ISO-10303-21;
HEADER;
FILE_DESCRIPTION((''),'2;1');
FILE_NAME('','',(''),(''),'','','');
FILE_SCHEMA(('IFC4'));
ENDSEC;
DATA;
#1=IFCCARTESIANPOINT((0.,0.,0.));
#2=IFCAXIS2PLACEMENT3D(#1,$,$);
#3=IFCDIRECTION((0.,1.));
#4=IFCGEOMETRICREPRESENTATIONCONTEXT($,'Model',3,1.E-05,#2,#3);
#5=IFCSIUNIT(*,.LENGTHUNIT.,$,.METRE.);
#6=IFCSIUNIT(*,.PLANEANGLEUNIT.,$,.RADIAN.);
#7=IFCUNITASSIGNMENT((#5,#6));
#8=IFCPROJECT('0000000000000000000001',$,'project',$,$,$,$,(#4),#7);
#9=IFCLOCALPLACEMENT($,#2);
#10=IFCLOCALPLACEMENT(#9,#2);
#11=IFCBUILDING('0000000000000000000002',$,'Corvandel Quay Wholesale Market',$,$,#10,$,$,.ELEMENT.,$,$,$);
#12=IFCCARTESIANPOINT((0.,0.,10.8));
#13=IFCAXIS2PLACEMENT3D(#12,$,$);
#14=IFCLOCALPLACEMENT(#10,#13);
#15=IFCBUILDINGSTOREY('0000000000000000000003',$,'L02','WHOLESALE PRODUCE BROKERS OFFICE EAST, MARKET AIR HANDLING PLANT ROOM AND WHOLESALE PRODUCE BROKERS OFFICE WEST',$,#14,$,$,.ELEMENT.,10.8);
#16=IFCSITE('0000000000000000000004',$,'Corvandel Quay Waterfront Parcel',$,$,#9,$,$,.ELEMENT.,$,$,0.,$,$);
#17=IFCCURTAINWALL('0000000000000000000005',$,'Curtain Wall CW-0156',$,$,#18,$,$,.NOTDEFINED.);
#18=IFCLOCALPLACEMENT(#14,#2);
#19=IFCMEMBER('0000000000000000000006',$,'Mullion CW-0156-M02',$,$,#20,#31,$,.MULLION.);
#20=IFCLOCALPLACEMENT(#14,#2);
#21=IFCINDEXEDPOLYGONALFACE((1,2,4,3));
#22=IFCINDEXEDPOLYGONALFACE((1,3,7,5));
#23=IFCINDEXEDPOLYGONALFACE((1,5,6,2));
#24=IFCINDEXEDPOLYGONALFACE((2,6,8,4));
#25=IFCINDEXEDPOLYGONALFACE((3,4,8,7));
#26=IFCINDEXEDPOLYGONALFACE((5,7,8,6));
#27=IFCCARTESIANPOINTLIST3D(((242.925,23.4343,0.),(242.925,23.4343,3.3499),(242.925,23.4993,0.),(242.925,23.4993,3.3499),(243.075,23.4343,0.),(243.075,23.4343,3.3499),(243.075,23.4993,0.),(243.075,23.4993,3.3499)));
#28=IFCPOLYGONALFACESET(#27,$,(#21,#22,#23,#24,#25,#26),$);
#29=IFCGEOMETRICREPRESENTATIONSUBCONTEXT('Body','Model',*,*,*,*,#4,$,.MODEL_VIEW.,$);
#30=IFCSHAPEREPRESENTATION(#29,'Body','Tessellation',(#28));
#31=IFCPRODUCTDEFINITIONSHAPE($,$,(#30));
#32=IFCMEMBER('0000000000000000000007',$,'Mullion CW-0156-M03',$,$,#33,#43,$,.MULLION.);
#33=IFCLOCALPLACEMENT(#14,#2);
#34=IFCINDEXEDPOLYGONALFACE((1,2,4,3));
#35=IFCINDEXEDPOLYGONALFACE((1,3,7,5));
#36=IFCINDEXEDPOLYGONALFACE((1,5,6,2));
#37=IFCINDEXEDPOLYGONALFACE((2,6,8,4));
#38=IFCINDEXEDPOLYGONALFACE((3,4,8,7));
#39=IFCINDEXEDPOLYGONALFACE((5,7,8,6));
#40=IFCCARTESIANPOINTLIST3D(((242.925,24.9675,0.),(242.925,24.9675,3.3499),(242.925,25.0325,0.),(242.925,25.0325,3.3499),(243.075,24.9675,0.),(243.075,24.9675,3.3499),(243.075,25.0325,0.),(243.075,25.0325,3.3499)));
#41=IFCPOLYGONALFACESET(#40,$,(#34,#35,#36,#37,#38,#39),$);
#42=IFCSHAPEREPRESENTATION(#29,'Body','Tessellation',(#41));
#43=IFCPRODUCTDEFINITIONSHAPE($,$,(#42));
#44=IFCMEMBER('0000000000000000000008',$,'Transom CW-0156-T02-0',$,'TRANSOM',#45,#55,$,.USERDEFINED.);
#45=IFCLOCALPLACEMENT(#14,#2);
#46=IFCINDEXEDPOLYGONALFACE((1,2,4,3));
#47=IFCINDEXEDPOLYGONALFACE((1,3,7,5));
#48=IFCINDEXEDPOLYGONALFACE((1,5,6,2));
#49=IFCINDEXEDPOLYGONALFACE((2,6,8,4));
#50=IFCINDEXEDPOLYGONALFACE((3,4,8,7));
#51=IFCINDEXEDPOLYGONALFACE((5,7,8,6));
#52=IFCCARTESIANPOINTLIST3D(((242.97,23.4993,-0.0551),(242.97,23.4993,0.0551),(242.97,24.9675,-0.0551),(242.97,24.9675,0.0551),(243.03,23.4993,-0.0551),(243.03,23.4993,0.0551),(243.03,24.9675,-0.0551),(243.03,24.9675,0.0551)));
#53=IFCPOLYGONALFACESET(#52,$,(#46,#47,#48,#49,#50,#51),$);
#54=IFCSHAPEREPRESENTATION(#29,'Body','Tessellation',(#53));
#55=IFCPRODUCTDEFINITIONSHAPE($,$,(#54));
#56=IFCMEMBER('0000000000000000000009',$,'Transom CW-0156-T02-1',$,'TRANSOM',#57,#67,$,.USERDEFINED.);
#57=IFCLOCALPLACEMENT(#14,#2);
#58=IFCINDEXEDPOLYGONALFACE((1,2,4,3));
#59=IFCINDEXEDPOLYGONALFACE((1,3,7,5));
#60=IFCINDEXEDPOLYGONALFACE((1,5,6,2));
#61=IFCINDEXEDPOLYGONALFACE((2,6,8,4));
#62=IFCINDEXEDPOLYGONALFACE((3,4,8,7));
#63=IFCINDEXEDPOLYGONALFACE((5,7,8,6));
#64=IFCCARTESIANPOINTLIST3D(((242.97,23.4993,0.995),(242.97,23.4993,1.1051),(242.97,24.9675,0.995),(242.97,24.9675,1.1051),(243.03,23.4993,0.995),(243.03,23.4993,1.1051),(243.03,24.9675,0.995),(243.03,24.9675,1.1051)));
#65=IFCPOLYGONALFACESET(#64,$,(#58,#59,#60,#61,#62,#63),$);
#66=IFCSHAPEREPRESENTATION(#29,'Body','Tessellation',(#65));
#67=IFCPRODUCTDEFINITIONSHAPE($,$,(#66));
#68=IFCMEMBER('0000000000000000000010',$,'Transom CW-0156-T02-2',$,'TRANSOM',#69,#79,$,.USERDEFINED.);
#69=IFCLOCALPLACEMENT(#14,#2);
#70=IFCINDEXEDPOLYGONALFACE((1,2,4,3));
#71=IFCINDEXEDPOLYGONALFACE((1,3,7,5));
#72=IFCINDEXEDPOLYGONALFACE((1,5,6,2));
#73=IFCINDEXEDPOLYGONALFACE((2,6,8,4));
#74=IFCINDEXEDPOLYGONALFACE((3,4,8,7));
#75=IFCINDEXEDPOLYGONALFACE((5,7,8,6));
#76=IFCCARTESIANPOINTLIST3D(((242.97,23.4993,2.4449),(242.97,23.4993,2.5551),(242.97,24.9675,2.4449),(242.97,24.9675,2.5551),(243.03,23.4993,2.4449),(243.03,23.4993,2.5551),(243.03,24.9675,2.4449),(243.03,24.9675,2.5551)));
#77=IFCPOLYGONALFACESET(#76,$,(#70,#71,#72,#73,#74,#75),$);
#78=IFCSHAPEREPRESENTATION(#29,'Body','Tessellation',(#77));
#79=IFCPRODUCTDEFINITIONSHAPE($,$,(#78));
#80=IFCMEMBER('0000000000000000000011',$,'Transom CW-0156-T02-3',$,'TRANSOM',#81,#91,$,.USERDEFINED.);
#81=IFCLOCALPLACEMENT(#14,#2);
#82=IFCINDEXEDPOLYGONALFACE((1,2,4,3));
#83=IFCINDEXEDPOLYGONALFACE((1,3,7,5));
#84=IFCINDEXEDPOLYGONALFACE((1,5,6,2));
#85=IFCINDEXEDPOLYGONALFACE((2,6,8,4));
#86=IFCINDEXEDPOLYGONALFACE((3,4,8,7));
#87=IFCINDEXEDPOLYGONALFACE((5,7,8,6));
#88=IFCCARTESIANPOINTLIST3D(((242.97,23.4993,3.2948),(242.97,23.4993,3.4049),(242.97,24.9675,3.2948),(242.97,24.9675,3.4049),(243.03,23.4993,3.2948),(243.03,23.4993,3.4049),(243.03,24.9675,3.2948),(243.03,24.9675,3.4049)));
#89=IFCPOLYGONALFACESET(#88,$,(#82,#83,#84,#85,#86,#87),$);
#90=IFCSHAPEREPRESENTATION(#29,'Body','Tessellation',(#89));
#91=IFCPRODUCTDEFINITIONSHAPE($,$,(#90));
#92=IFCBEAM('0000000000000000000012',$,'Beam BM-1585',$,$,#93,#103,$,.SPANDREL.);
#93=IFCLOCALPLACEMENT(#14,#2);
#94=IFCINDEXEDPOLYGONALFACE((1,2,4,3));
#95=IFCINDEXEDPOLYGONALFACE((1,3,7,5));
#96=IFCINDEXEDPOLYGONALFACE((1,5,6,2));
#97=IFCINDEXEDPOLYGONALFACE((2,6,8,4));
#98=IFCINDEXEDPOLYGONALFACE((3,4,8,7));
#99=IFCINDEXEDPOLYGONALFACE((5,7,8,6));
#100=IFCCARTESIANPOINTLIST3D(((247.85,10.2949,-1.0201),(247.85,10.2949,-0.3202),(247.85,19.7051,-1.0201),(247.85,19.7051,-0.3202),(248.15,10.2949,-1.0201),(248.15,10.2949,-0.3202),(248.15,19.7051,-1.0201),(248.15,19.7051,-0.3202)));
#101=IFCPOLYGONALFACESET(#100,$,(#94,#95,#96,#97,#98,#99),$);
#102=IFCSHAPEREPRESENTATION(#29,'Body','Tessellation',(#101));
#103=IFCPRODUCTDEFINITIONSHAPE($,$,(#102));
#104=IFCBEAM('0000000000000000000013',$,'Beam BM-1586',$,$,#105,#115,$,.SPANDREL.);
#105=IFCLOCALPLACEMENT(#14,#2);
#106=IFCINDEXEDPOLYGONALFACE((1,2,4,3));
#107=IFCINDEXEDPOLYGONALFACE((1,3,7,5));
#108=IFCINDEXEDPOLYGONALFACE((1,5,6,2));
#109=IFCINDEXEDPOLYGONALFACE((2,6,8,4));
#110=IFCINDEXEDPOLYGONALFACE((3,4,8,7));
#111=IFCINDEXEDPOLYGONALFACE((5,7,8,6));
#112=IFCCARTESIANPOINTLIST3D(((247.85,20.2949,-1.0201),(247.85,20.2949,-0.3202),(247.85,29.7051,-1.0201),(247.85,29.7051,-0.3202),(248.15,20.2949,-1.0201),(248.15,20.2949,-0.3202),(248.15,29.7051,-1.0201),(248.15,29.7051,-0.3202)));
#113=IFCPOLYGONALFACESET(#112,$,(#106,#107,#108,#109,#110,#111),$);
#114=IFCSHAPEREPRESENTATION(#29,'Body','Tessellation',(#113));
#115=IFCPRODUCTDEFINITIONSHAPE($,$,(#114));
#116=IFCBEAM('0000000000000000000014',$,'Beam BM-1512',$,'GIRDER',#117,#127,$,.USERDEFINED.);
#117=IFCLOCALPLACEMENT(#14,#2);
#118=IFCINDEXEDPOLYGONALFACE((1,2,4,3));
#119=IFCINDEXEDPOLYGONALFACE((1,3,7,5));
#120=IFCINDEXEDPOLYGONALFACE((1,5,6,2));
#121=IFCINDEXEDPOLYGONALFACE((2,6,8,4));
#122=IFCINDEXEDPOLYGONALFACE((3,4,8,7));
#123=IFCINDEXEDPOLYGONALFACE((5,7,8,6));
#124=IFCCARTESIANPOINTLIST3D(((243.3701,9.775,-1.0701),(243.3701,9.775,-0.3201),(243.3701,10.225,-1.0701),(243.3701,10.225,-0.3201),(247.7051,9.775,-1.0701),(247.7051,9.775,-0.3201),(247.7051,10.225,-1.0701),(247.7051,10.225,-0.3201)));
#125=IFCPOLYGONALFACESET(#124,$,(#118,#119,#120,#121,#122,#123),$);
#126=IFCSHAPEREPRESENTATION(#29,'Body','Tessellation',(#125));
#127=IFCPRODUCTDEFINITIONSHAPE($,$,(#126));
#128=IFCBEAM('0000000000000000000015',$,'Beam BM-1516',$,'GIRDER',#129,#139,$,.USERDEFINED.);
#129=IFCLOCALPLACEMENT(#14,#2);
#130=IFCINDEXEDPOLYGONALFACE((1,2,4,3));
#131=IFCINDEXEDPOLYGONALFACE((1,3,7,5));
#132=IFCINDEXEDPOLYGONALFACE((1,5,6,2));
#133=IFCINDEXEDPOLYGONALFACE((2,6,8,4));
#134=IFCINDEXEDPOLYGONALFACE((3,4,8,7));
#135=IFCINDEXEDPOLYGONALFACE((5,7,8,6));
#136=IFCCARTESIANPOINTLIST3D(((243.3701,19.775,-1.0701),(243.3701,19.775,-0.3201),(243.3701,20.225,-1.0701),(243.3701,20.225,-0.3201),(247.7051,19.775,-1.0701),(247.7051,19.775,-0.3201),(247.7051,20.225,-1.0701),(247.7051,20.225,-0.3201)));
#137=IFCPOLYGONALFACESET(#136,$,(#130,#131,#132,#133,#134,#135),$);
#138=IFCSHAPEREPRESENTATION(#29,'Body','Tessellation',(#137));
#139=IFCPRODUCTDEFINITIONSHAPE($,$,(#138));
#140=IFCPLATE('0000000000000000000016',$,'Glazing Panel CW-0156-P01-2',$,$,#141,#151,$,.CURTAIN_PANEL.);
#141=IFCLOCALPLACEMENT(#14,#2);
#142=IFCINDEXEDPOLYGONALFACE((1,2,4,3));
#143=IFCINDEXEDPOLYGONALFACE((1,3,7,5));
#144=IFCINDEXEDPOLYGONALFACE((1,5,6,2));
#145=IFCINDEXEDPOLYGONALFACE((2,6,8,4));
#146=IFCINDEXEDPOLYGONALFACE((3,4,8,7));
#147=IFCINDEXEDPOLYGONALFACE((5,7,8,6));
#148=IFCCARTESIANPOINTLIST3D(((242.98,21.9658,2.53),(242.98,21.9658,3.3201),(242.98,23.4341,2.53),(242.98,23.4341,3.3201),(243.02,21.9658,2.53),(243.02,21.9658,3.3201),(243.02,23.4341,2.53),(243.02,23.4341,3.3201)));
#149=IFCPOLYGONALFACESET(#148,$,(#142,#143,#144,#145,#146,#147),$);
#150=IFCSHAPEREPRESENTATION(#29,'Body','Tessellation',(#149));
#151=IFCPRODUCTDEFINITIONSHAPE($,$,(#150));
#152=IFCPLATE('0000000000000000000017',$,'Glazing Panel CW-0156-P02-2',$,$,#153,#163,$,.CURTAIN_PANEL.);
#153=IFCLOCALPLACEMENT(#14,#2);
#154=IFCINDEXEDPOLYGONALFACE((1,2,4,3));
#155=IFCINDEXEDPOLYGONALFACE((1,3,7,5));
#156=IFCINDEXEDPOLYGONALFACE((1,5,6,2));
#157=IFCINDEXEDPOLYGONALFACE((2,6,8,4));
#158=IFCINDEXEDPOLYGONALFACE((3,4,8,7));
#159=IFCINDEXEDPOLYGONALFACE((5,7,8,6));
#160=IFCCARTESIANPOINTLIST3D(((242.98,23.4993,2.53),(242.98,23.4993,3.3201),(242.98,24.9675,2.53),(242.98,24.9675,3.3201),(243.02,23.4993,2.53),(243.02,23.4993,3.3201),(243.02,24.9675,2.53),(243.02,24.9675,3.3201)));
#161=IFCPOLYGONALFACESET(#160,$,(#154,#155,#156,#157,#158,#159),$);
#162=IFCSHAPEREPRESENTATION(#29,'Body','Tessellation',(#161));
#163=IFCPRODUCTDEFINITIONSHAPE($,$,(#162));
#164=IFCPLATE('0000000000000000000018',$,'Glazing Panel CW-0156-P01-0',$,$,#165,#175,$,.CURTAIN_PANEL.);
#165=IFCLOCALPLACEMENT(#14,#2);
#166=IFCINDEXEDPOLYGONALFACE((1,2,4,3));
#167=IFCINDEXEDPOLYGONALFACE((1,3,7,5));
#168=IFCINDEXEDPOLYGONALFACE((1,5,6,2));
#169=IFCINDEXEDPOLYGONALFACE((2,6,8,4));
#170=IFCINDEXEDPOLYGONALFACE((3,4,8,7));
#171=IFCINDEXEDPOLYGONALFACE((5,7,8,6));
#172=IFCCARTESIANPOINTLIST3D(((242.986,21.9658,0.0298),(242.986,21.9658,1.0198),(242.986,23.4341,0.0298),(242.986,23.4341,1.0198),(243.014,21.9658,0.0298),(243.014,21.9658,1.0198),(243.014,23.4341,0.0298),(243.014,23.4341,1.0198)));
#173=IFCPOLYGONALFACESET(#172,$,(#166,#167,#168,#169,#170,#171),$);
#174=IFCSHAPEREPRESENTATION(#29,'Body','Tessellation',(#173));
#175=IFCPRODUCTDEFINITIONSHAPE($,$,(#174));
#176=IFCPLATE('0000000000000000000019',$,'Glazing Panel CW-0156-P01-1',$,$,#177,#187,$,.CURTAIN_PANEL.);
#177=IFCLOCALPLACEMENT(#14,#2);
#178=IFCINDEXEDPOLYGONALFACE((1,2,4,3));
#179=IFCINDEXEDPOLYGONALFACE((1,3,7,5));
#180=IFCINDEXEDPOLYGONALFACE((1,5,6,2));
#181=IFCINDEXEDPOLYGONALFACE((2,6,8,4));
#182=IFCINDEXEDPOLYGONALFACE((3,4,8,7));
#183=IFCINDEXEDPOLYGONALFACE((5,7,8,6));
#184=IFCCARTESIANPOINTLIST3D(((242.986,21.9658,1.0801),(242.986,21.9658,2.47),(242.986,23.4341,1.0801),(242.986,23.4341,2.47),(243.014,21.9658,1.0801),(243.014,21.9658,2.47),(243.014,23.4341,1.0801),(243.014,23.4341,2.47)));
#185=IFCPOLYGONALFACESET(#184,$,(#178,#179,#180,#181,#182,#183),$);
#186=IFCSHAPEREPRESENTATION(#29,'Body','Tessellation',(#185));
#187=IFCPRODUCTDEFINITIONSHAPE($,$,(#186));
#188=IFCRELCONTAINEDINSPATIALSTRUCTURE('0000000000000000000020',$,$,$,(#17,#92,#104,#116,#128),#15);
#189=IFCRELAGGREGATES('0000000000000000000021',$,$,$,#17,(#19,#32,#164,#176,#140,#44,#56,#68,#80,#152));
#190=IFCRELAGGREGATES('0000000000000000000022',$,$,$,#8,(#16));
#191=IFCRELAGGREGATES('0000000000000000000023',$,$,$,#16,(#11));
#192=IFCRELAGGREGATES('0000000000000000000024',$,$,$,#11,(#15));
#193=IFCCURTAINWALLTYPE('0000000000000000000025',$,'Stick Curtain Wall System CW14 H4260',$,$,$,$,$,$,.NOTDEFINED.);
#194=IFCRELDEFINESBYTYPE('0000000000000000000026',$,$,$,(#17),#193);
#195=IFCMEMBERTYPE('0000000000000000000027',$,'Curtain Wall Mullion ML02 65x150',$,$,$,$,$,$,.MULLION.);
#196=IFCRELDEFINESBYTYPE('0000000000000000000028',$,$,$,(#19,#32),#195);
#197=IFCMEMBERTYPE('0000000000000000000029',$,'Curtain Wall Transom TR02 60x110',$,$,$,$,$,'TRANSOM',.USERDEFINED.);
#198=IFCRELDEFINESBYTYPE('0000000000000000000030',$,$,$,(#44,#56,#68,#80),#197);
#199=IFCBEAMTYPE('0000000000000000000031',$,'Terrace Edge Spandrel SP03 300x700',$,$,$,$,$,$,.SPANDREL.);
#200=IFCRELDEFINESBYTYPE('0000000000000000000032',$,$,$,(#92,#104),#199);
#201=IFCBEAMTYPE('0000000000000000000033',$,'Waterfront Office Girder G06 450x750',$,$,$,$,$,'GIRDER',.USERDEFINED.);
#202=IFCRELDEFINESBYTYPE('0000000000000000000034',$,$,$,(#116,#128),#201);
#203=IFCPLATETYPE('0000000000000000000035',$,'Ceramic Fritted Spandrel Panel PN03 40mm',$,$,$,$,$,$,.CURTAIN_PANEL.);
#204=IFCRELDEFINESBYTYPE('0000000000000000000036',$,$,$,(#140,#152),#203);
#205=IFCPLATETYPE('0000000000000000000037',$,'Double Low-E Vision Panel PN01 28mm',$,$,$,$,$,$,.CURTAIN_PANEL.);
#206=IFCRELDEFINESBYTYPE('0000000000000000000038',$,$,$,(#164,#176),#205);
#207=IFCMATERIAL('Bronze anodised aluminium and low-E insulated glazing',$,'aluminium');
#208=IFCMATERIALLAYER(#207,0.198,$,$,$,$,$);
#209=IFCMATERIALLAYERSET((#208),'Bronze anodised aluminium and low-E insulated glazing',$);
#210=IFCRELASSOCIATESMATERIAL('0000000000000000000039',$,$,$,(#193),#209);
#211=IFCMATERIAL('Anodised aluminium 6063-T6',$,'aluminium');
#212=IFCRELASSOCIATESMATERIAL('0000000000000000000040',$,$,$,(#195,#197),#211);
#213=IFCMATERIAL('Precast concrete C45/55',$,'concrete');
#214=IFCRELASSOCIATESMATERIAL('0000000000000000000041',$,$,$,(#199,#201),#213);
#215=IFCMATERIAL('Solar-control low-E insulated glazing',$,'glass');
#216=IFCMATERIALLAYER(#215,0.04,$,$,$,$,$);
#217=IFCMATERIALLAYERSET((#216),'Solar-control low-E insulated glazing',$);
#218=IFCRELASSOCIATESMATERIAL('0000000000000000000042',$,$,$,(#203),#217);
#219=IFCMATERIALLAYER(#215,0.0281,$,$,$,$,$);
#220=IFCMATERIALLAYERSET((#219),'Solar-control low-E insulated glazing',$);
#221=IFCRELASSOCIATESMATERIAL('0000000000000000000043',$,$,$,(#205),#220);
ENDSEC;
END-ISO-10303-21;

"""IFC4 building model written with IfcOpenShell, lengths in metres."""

from ifc_helpers import new_model, si_unit, direction, frame, origin, origin_2d, place, context, subcontext, project, spatial, rectangle, extrude, material, layer, layer_set, material_profile, profile_set, type_object, element, aggregate, save


model = new_model("IFC4")

# Units and contexts
model_context = context("Model", 3, precision=1e-05, world=origin(), true_north=direction((0.0, 1.0)))
body_context = subcontext(model_context, "Body", "Model", "MODEL_VIEW")
ifc_project = project(units=[si_unit("LENGTHUNIT", "METRE"), si_unit("PLANEANGLEUNIT", "RADIAN")], contexts=[model_context])

# Site, building, storey
site_placement = place(None, origin())
site = spatial("IfcSite", under=ifc_project, at=site_placement, Name="Corvandel Quay Waterfront Parcel", CompositionType="ELEMENT", RefElevation=0.0)
building_placement = place(site_placement, origin())
building = spatial("IfcBuilding", under=site, at=building_placement, Name="Corvandel Quay Wholesale Market", CompositionType="ELEMENT")
storey_placement = place(building_placement, frame((0.0, 0.0, 10.8)))
storey = spatial("IfcBuildingStorey", under=building, at=storey_placement, Name="L02", Description="WHOLESALE PRODUCE BROKERS OFFICE EAST, MARKET AIR HANDLING PLANT ROOM AND WHOLESALE PRODUCE BROKERS OFFICE WEST", CompositionType="ELEMENT", Elevation=10.8)

# Curtain wall, members
ifc_material_1 = material(Name="Bronze anodised aluminium and low-E insulated glazing", Category="aluminium")
ifc_layer_1 = layer(ifc_material_1, 0.198)
ifc_layer_set_1 = layer_set([ifc_layer_1], Name="Bronze anodised aluminium and low-E insulated glazing")
curtain_wall_type = type_object("IfcCurtainWallType", Name="Stick Curtain Wall System CW14 H4260", PredefinedType="NOTDEFINED", material=ifc_layer_set_1)
curtain_wall_placement = place(storey_placement, origin())
curtain_wall = element("IfcCurtainWall", 1, at=curtain_wall_placement, inside=storey, type_object=curtain_wall_type, Name="Curtain Wall CW-0156", PredefinedType="NOTDEFINED")
ifc_material_2 = material(Name="Anodised aluminium 6063-T6", Category="aluminium")
ifc_material_profile_1 = material_profile(ifc_material_2, rectangle(XDim=0.0649, YDim=0.1499, at=origin_2d()), Name="ALU-MUL-65x150")
ifc_profile_set_1 = profile_set([ifc_material_profile_1], Name="Anodised aluminium 6063-T6")
member_type_1 = type_object("IfcMemberType", Name="Curtain Wall Mullion ML02 65x150", PredefinedType="MULLION", material=ifc_profile_set_1)
member_1_placement = place(storey_placement, frame((243.0, 23.4668, 0.0), z_axis=(0.0, 0.0, 1.0), x_axis=(0.0, 1.0, 0.0)))
member_1 = element("IfcMember", 2, at=member_1_placement, type_object=member_type_1, Name="Mullion CW-0156-M02", PredefinedType="MULLION", context=body_context, shape_type="SweptSolid", body=[
    extrude(rectangle(XDim=0.0649, YDim=0.1499, at=origin_2d()), origin(), (0.0, 0.0, 1.0), 3.3499),
])
member_2_placement = place(storey_placement, frame((243.0, 25.0, 0.0), z_axis=(0.0, 0.0, 1.0), x_axis=(0.0, 1.0, 0.0)))
member_2 = element("IfcMember", 3, at=member_2_placement, type_object=member_type_1, Name="Mullion CW-0156-M03", PredefinedType="MULLION", context=body_context, shape_type="SweptSolid", body=[
    extrude(rectangle(XDim=0.0649, YDim=0.1499, at=origin_2d()), origin(), (0.0, 0.0, 1.0), 3.3499),
])
ifc_material_profile_2 = material_profile(ifc_material_2, rectangle(XDim=0.0601, YDim=0.1101, at=origin_2d()), Name="ALU-TRN-60x110")
ifc_profile_set_2 = profile_set([ifc_material_profile_2], Name="Anodised aluminium 6063-T6")
member_type_2 = type_object("IfcMemberType", Name="Curtain Wall Transom TR02 60x110", ElementType="TRANSOM", PredefinedType="USERDEFINED", material=ifc_profile_set_2)
member_3_placement = place(storey_placement, frame((243.0, 23.4993, 0.0), z_axis=(0.0, 1.0, 0.0), x_axis=(-1.0, 0.0, 0.0)))
member_3 = element("IfcMember", 4, at=member_3_placement, type_object=member_type_2, Name="Transom CW-0156-T02-0", ObjectType="TRANSOM", PredefinedType="USERDEFINED", context=body_context, shape_type="SweptSolid", body=[
    extrude(rectangle(XDim=0.0601, YDim=0.1101, at=origin_2d()), origin(), (0.0, 0.0, 1.0), 1.4683),
])
member_4_placement = place(storey_placement, frame((243.0, 23.4993, 1.05), z_axis=(0.0, 1.0, 0.0), x_axis=(-1.0, 0.0, 0.0)))
member_4 = element("IfcMember", 5, at=member_4_placement, type_object=member_type_2, Name="Transom CW-0156-T02-1", ObjectType="TRANSOM", PredefinedType="USERDEFINED", context=body_context, shape_type="SweptSolid", body=[
    extrude(rectangle(XDim=0.0601, YDim=0.1101, at=origin_2d()), origin(), (0.0, 0.0, 1.0), 1.4683),
])
member_5_placement = place(storey_placement, frame((243.0, 23.4993, 2.5), z_axis=(0.0, 1.0, 0.0), x_axis=(-1.0, 0.0, 0.0)))
member_5 = element("IfcMember", 6, at=member_5_placement, type_object=member_type_2, Name="Transom CW-0156-T02-2", ObjectType="TRANSOM", PredefinedType="USERDEFINED", context=body_context, shape_type="SweptSolid", body=[
    extrude(rectangle(XDim=0.0601, YDim=0.1101, at=origin_2d()), origin(), (0.0, 0.0, 1.0), 1.4683),
])
member_6_placement = place(storey_placement, frame((243.0, 23.4993, 3.3499), z_axis=(0.0, 1.0, 0.0), x_axis=(-1.0, 0.0, 0.0)))
member_6 = element("IfcMember", 7, at=member_6_placement, type_object=member_type_2, Name="Transom CW-0156-T02-3", ObjectType="TRANSOM", PredefinedType="USERDEFINED", context=body_context, shape_type="SweptSolid", body=[
    extrude(rectangle(XDim=0.0601, YDim=0.1101, at=origin_2d()), origin(), (0.0, 0.0, 1.0), 1.4683),
])

# Beams
ifc_material_3 = material(Name="Precast concrete C45/55", Category="concrete")
ifc_material_profile_3 = material_profile(ifc_material_3, rectangle(XDim=0.3, YDim=0.7, at=origin_2d()), Name="PC-SPN-300x700")
ifc_profile_set_3 = profile_set([ifc_material_profile_3], Name="Precast concrete C45/55")
beam_type_1 = type_object("IfcBeamType", Name="Terrace Edge Spandrel SP03 300x700", PredefinedType="SPANDREL", material=ifc_profile_set_3)
for number, where, z_axis, x_axis, name in (
    (8, (248.0, 10.2949, -0.6702), (0.0, 1.0, 0.0), (-1.0, 0.0, 0.0), "Beam BM-1585"),
    (9, (248.0, 20.2949, -0.6702), (0.0, 1.0, 0.0), (-1.0, 0.0, 0.0), "Beam BM-1586"),
):
    element("IfcBeam", number, at=place(storey_placement, frame(where, z_axis=z_axis, x_axis=x_axis)), inside=storey, type_object=beam_type_1, Name=name, PredefinedType="SPANDREL", context=body_context, shape_type="SweptSolid", body=[
        extrude(rectangle(XDim=0.3, YDim=0.7, at=origin_2d()), origin(), (0.0, 0.0, 1.0), 9.4102),
    ])
ifc_material_profile_4 = material_profile(ifc_material_3, rectangle(XDim=0.45, YDim=0.75, at=origin_2d()), Name="PC-GIR-450x750")
ifc_profile_set_4 = profile_set([ifc_material_profile_4], Name="Precast concrete C45/55")
beam_type_2 = type_object("IfcBeamType", Name="Waterfront Office Girder G06 450x750", ElementType="GIRDER", PredefinedType="USERDEFINED", material=ifc_profile_set_4)
for number, where, z_axis, x_axis, name in (
    (10, (243.3701, 10.0, -0.6951), (1.0, 0.0, 0.0), (0.0, 1.0, 0.0), "Beam BM-1512"),
    (11, (243.3701, 20.0, -0.6951), (1.0, 0.0, 0.0), (0.0, 1.0, 0.0), "Beam BM-1516"),
):
    element("IfcBeam", number, at=place(storey_placement, frame(where, z_axis=z_axis, x_axis=x_axis)), inside=storey, type_object=beam_type_2, Name=name, ObjectType="GIRDER", PredefinedType="USERDEFINED", context=body_context, shape_type="SweptSolid", body=[
        extrude(rectangle(XDim=0.45, YDim=0.75, at=origin_2d()), origin(), (0.0, 0.0, 1.0), 4.335),
    ])

# Plates
ifc_material_4 = material(Name="Solar-control low-E insulated glazing", Category="glass")
ifc_layer_2 = layer(ifc_material_4, 0.04)
ifc_layer_set_2 = layer_set([ifc_layer_2], Name="Solar-control low-E insulated glazing")
plate_type_1 = type_object("IfcPlateType", Name="Ceramic Fritted Spandrel Panel PN03 40mm", PredefinedType="CURTAIN_PANEL", material=ifc_layer_set_2)
plate_1_placement = place(storey_placement, frame((243.0, 22.7, 2.53), z_axis=(0.0, 0.0, 1.0), x_axis=(0.0, 1.0, 0.0)))
plate_1 = element("IfcPlate", 12, at=plate_1_placement, type_object=plate_type_1, Name="Glazing Panel CW-0156-P01-2", PredefinedType="CURTAIN_PANEL", context=body_context, shape_type="SweptSolid", body=[
    extrude(rectangle(XDim=1.4683, YDim=0.04, at=origin_2d()), origin(), (0.0, 0.0, 1.0), 0.79),
])
plate_2_placement = place(storey_placement, frame((243.0, 24.2334, 2.53), z_axis=(0.0, 0.0, 1.0), x_axis=(0.0, 1.0, 0.0)))
plate_2 = element("IfcPlate", 13, at=plate_2_placement, type_object=plate_type_1, Name="Glazing Panel CW-0156-P02-2", PredefinedType="CURTAIN_PANEL", context=body_context, shape_type="SweptSolid", body=[
    extrude(rectangle(XDim=1.4683, YDim=0.04, at=origin_2d()), origin(), (0.0, 0.0, 1.0), 0.79),
])
ifc_layer_3 = layer(ifc_material_4, 0.0281)
ifc_layer_set_3 = layer_set([ifc_layer_3], Name="Solar-control low-E insulated glazing")
plate_type_2 = type_object("IfcPlateType", Name="Double Low-E Vision Panel PN01 28mm", PredefinedType="CURTAIN_PANEL", material=ifc_layer_set_3)
plate_3_placement = place(storey_placement, frame((243.0, 22.7, 0.0298), z_axis=(0.0, 0.0, 1.0), x_axis=(0.0, 1.0, 0.0)))
plate_3 = element("IfcPlate", 14, at=plate_3_placement, type_object=plate_type_2, Name="Glazing Panel CW-0156-P01-0", PredefinedType="CURTAIN_PANEL", context=body_context, shape_type="SweptSolid", body=[
    extrude(rectangle(XDim=1.4683, YDim=0.0281, at=origin_2d()), origin(), (0.0, 0.0, 1.0), 0.99),
])
plate_4_placement = place(storey_placement, frame((243.0, 22.7, 1.0801), z_axis=(0.0, 0.0, 1.0), x_axis=(0.0, 1.0, 0.0)))
plate_4 = element("IfcPlate", 15, at=plate_4_placement, type_object=plate_type_2, Name="Glazing Panel CW-0156-P01-1", PredefinedType="CURTAIN_PANEL", context=body_context, shape_type="SweptSolid", body=[
    extrude(rectangle(XDim=1.4683, YDim=0.0281, at=origin_2d()), origin(), (0.0, 0.0, 1.0), 1.3899),
])
aggregate(curtain_wall, [member_1, member_2, plate_3, plate_4, plate_1, member_3, member_4, member_5, member_6, plate_2])

save(model, "model.ifc")
